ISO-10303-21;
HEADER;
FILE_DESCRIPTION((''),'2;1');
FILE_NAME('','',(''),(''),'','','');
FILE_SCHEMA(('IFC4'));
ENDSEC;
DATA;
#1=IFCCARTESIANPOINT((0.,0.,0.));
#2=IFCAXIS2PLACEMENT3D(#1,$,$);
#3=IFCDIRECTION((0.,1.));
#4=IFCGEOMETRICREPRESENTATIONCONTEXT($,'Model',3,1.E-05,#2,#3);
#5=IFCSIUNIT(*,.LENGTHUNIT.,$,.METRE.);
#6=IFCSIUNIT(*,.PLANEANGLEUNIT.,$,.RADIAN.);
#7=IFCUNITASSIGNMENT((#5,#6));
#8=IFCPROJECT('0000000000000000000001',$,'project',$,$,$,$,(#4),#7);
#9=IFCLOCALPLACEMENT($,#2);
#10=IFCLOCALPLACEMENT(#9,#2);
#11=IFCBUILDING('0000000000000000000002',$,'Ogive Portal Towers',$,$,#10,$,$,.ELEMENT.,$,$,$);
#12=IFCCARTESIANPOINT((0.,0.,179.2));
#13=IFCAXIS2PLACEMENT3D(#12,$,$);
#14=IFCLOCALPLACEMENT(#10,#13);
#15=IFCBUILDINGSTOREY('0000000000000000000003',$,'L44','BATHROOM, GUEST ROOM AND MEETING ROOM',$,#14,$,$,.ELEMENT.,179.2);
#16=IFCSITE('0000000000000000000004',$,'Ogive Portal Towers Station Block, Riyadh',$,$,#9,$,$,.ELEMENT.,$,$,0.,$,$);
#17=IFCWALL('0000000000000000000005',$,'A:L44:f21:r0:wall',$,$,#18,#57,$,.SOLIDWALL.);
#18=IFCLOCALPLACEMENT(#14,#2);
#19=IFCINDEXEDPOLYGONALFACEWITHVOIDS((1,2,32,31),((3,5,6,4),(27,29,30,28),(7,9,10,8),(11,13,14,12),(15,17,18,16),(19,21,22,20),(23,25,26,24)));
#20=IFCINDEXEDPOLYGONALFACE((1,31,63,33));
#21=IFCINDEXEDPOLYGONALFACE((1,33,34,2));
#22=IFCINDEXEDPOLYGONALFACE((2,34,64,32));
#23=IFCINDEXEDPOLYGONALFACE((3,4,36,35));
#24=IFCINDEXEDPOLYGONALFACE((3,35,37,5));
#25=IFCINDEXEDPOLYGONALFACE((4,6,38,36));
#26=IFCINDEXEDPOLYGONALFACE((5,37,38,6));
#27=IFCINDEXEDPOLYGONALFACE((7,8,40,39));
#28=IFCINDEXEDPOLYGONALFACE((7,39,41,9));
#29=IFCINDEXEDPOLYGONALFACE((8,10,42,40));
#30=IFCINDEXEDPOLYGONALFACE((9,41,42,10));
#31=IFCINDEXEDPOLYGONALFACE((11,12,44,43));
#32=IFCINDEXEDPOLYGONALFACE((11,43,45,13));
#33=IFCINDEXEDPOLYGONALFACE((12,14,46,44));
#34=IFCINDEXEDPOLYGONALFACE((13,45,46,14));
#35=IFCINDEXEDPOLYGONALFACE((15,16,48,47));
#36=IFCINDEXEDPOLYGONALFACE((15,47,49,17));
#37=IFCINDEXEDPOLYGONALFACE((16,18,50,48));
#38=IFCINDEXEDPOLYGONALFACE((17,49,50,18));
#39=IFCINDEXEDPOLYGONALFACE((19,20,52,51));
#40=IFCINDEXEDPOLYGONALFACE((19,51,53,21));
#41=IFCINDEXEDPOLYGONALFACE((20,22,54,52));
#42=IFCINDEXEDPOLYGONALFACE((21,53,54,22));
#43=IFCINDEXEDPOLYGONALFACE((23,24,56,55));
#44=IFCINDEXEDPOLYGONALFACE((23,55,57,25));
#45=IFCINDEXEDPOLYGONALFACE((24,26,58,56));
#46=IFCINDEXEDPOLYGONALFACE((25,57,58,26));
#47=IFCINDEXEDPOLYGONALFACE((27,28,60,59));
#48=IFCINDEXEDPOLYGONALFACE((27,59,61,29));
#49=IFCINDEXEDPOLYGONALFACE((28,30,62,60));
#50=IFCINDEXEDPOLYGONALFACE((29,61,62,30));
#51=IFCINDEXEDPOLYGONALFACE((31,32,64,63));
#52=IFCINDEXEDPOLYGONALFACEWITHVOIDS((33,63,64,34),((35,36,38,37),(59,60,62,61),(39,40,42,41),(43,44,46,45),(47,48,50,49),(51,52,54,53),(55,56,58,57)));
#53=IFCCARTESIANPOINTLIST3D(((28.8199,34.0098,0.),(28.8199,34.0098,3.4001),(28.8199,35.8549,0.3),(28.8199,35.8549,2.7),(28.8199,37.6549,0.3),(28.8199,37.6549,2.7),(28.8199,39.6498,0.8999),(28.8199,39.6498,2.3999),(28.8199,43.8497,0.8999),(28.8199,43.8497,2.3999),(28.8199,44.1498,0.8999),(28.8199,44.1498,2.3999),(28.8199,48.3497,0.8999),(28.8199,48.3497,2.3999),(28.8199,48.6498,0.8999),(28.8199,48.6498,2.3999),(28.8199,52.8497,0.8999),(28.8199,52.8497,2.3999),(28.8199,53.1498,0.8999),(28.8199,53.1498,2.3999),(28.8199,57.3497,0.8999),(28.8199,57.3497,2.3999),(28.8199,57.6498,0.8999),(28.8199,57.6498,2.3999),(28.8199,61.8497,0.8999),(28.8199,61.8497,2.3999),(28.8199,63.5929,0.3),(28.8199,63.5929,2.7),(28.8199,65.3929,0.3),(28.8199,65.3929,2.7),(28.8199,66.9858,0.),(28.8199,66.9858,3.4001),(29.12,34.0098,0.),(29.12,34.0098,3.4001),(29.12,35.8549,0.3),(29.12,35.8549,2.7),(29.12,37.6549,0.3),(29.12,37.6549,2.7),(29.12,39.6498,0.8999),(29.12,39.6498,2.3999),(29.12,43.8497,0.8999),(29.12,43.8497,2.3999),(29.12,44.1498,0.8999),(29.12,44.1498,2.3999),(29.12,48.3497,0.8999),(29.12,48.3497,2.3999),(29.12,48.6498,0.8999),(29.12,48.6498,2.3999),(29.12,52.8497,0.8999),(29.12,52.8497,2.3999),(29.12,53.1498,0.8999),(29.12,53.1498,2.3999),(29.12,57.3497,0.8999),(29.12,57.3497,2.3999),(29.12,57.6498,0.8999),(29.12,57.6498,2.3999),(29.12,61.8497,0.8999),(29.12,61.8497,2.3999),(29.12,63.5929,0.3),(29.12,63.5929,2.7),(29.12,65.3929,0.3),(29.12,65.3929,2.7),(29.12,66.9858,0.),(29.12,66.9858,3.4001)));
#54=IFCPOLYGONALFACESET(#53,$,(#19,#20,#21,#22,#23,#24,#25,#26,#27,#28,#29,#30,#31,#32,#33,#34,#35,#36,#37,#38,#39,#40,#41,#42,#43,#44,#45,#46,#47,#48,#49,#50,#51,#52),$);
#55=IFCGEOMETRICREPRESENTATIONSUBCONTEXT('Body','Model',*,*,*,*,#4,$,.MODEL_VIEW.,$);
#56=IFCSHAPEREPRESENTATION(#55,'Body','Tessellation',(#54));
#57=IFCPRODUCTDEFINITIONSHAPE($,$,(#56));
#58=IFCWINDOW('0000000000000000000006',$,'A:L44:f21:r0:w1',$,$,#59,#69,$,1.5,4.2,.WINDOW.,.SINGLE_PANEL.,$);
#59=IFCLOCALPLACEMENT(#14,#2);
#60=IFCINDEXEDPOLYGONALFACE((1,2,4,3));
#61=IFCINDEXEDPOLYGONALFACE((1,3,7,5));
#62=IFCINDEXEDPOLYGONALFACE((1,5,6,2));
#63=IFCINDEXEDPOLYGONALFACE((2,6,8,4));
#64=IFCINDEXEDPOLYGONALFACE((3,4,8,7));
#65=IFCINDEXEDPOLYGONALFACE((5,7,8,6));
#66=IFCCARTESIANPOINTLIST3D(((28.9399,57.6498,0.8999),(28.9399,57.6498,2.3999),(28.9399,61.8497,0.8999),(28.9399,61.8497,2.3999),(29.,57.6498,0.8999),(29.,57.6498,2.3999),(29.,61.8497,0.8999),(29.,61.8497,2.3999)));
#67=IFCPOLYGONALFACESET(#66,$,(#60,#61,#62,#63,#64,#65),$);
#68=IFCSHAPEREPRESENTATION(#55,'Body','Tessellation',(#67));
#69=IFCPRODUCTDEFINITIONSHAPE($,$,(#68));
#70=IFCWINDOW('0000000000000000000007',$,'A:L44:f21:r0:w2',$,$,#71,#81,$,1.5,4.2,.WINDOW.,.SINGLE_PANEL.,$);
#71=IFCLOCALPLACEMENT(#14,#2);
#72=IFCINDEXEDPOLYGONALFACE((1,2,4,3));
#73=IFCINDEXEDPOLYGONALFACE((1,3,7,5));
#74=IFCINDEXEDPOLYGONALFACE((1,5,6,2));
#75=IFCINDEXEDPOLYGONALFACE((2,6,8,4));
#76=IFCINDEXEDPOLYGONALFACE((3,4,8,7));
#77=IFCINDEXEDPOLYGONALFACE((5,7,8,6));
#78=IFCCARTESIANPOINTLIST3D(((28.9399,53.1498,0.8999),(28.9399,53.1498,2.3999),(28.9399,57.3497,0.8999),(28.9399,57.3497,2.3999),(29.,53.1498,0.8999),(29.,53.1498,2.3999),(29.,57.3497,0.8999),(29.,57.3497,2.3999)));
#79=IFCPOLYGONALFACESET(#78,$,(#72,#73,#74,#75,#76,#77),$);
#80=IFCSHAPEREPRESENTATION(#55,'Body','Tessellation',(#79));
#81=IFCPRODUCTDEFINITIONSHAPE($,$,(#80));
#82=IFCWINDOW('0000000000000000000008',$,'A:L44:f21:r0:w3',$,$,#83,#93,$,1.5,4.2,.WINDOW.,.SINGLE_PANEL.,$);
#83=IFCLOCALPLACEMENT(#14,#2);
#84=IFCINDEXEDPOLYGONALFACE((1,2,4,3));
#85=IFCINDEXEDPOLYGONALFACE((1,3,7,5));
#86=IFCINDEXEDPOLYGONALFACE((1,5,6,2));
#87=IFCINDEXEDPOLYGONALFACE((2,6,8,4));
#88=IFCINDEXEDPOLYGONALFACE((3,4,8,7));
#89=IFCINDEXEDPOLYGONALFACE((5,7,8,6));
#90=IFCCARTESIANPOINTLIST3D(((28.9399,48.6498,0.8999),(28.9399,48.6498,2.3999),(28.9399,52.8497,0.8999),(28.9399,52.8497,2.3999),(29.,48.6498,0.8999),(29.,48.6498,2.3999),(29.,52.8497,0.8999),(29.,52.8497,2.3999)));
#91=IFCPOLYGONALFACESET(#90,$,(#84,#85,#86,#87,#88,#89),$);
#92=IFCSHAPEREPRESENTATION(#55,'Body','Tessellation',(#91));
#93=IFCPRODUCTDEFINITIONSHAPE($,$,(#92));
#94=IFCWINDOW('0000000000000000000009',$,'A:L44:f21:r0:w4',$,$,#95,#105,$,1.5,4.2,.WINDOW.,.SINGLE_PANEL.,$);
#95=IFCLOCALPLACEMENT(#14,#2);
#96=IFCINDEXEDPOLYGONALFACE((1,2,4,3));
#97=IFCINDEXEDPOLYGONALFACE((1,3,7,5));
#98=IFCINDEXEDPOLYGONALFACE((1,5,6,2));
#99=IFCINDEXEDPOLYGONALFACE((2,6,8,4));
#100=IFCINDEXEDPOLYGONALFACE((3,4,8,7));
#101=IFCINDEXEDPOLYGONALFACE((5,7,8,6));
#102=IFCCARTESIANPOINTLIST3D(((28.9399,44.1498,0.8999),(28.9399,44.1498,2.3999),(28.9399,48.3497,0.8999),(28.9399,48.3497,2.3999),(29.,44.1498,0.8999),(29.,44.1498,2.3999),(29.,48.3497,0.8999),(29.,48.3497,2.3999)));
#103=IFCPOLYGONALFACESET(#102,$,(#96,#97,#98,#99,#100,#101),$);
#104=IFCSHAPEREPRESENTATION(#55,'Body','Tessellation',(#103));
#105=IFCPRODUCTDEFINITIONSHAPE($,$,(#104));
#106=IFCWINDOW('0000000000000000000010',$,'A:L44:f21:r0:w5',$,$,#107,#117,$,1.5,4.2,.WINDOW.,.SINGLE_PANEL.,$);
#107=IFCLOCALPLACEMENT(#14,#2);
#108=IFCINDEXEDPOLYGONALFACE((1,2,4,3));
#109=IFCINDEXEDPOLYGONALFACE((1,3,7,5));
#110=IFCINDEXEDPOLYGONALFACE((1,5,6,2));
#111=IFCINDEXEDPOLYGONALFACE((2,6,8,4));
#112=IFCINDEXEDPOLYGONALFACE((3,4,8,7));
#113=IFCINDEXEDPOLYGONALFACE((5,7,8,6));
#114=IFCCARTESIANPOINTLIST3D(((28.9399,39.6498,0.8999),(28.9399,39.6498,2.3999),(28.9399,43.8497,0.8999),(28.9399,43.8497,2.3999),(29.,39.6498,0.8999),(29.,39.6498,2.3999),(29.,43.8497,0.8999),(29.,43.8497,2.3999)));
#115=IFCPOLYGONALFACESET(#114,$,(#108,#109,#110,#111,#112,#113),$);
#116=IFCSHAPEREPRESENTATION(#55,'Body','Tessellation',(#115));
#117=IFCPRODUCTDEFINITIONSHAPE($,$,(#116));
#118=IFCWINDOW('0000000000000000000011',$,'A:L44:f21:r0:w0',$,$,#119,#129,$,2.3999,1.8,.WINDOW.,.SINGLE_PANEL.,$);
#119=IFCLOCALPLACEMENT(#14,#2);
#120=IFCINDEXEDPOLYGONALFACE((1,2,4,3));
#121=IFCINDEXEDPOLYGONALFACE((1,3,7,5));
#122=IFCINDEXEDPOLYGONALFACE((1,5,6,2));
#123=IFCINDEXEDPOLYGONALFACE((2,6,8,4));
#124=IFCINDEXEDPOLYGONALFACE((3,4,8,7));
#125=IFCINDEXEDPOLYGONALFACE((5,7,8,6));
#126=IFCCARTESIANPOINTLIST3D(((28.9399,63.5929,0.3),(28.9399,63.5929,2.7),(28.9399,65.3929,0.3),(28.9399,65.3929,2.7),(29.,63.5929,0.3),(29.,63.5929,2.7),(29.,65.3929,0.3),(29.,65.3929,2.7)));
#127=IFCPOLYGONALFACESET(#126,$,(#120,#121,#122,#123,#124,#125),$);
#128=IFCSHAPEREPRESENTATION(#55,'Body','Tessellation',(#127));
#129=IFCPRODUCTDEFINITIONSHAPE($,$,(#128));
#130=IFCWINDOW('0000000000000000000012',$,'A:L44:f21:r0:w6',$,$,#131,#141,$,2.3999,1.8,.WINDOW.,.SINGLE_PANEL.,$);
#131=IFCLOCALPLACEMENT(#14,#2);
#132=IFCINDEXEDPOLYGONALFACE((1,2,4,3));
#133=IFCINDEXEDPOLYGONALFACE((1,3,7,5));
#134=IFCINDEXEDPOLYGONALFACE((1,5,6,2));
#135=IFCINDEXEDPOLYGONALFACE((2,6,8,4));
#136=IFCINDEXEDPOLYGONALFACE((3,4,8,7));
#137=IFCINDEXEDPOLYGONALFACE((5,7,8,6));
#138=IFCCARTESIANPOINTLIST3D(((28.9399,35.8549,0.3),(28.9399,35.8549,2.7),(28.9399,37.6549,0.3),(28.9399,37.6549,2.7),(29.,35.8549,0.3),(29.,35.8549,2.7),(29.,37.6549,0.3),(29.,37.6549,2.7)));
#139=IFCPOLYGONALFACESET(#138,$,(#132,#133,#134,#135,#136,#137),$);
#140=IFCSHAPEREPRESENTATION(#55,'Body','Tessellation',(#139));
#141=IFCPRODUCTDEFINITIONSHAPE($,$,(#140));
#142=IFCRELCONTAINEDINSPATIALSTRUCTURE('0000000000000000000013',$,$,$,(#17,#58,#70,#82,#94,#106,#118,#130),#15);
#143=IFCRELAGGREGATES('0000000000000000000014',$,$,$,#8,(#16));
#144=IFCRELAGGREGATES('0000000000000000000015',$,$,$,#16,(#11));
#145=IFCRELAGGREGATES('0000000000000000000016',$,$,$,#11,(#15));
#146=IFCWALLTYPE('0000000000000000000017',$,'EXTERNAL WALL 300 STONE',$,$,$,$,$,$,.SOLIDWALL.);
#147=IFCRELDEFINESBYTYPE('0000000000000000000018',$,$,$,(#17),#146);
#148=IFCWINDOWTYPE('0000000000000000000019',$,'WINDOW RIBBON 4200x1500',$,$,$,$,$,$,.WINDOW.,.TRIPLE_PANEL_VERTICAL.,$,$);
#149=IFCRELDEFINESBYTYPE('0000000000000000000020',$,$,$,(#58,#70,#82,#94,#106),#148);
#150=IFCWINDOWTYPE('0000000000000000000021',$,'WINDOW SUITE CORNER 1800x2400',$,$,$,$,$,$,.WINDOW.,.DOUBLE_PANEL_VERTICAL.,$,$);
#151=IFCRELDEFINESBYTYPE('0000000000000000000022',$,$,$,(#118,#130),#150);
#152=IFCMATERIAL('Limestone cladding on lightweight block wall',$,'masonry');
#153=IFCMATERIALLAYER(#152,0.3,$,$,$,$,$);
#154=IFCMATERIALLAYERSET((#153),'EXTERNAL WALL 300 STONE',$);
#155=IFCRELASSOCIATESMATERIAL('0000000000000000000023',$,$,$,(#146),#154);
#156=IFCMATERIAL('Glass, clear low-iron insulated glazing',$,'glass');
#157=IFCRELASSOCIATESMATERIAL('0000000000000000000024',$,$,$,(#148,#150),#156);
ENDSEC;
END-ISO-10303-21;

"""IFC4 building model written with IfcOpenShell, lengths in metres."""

from ifc_helpers import new_model, si_unit, direction, frame, frame_2d, origin, place, context, subcontext, project, spatial, rectangle, extrude, material, layer, layer_set, type_object, element, fill, save


model = new_model("IFC4")

# Units and contexts
model_context = context("Model", 3, precision=1e-05, world=origin(), true_north=direction((0.0, 1.0)))
body_context = subcontext(model_context, "Body", "Model", "MODEL_VIEW")
ifc_project = project(units=[si_unit("LENGTHUNIT", "METRE"), si_unit("PLANEANGLEUNIT", "RADIAN")], contexts=[model_context])

# Site, building, storey
site_placement = place(None, origin())
site = spatial("IfcSite", under=ifc_project, at=site_placement, Name="Ogive Portal Towers Station Block, Riyadh", CompositionType="ELEMENT", RefElevation=0.0)
building_placement = place(site_placement, origin())
building = spatial("IfcBuilding", under=site, at=building_placement, Name="Ogive Portal Towers", CompositionType="ELEMENT")
storey_placement = place(building_placement, frame((0.0, 0.0, 179.2)))
storey = spatial("IfcBuildingStorey", under=building, at=storey_placement, Name="L44", Description="BATHROOM, GUEST ROOM AND MEETING ROOM", CompositionType="ELEMENT", Elevation=179.2)

# Shared definitions
ifc_material_1 = material(Name="Glass, clear low-iron insulated glazing", Category="glass")

# Wall, openings, windows
ifc_material_2 = material(Name="Limestone cladding on lightweight block wall", Category="masonry")
ifc_layer_1 = layer(ifc_material_2, 0.3)
ifc_layer_set_1 = layer_set([ifc_layer_1], Name="EXTERNAL WALL 300 STONE")
wall_type_1 = type_object("IfcWallType", Name="EXTERNAL WALL 300 STONE", PredefinedType="SOLIDWALL", material=ifc_layer_set_1)
wall_1_placement = place(storey_placement, frame((28.97, 66.9858, 0.0), z_axis=(0.0, 0.0, 1.0), x_axis=(0.0, -1.0, 0.0)))
wall_1 = element("IfcWall", 1, at=wall_1_placement, inside=storey, type_object=wall_type_1, Name="A:L44:f21:r0:wall", PredefinedType="SOLIDWALL", context=body_context, shape_type="SweptSolid", body=[
    extrude(rectangle(XDim=32.9761, YDim=0.3, at=frame_2d((16.488, 0.0))), origin(), (0.0, 0.0, 1.0), 3.4001),
])
opening_1_placement = place(wall_1_placement, frame((1.593, 0.0, 0.3)))
opening_1 = element("IfcOpeningElement", 2, at=opening_1_placement, cuts=wall_1, PredefinedType="OPENING", context=body_context, shape_type="SweptSolid", body=[
    extrude(rectangle(XDim=1.8, YDim=2.3999, at=frame_2d((0.8999, 1.2))), frame((0.0, 0.1602, 0.0), z_axis=(0.0, -1.0, 0.0), x_axis=(1.0, 0.0, 0.0)), (0.0, 0.0, 1.0), 0.3201),
])
opening_2_placement = place(wall_1_placement, frame((5.136, 0.0, 0.8999)))
opening_2 = element("IfcOpeningElement", 3, at=opening_2_placement, cuts=wall_1, PredefinedType="OPENING", context=body_context, shape_type="SweptSolid", body=[
    extrude(rectangle(XDim=4.2, YDim=1.5, at=frame_2d((2.1001, 0.75))), frame((0.0, 0.1602, 0.0), z_axis=(0.0, -1.0, 0.0), x_axis=(1.0, 0.0, 0.0)), (0.0, 0.0, 1.0), 0.3201),
])
opening_3_placement = place(wall_1_placement, frame((9.636, 0.0, 0.8999)))
opening_3 = element("IfcOpeningElement", 4, at=opening_3_placement, cuts=wall_1, PredefinedType="OPENING", context=body_context, shape_type="SweptSolid", body=[
    extrude(rectangle(XDim=4.2, YDim=1.5, at=frame_2d((2.1001, 0.75))), frame((0.0, 0.1602, 0.0), z_axis=(0.0, -1.0, 0.0), x_axis=(1.0, 0.0, 0.0)), (0.0, 0.0, 1.0), 0.3201),
])
opening_4_placement = place(wall_1_placement, frame((14.136, 0.0, 0.8999)))
opening_4 = element("IfcOpeningElement", 5, at=opening_4_placement, cuts=wall_1, PredefinedType="OPENING", context=body_context, shape_type="SweptSolid", body=[
    extrude(rectangle(XDim=4.2, YDim=1.5, at=frame_2d((2.1001, 0.75))), frame((0.0, 0.1602, 0.0), z_axis=(0.0, -1.0, 0.0), x_axis=(1.0, 0.0, 0.0)), (0.0, 0.0, 1.0), 0.3201),
])
opening_5_placement = place(wall_1_placement, frame((18.636, 0.0, 0.8999)))
opening_5 = element("IfcOpeningElement", 6, at=opening_5_placement, cuts=wall_1, PredefinedType="OPENING", context=body_context, shape_type="SweptSolid", body=[
    extrude(rectangle(XDim=4.2, YDim=1.5, at=frame_2d((2.1001, 0.75))), frame((0.0, 0.1602, 0.0), z_axis=(0.0, -1.0, 0.0), x_axis=(1.0, 0.0, 0.0)), (0.0, 0.0, 1.0), 0.3201),
])
opening_6_placement = place(wall_1_placement, frame((23.136, 0.0, 0.8999)))
opening_6 = element("IfcOpeningElement", 7, at=opening_6_placement, cuts=wall_1, PredefinedType="OPENING", context=body_context, shape_type="SweptSolid", body=[
    extrude(rectangle(XDim=4.2, YDim=1.5, at=frame_2d((2.1001, 0.75))), frame((0.0, 0.1602, 0.0), z_axis=(0.0, -1.0, 0.0), x_axis=(1.0, 0.0, 0.0)), (0.0, 0.0, 1.0), 0.3201),
])
opening_7_placement = place(wall_1_placement, frame((29.3311, 0.0, 0.3)))
opening_7 = element("IfcOpeningElement", 8, at=opening_7_placement, cuts=wall_1, PredefinedType="OPENING", context=body_context, shape_type="SweptSolid", body=[
    extrude(rectangle(XDim=1.8, YDim=2.3999, at=frame_2d((0.8999, 1.2))), frame((0.0, 0.1602, 0.0), z_axis=(0.0, -1.0, 0.0), x_axis=(1.0, 0.0, 0.0)), (0.0, 0.0, 1.0), 0.3201),
])
window_type_1 = type_object("IfcWindowType", Name="WINDOW RIBBON 4200x1500", PartitioningType="TRIPLE_PANEL_VERTICAL", PredefinedType="WINDOW", material=ifc_material_1)
window_1_placement = place(opening_2_placement, origin())
window_1 = element("IfcWindow", 9, at=window_1_placement, inside=storey, type_object=window_type_1, Name="A:L44:f21:r0:w1", OverallHeight=1.5, OverallWidth=4.2, PartitioningType="SINGLE_PANEL", PredefinedType="WINDOW", context=body_context, shape_type="SweptSolid", body=[
    extrude(rectangle(XDim=4.2, YDim=1.5, at=frame_2d((2.1001, 0.75))), frame((0.0, 0.03, 0.0), z_axis=(0.0, -1.0, 0.0), x_axis=(1.0, 0.0, 0.0)), (0.0, 0.0, 1.0), 0.0601),
])
fill(opening_2, window_1)
window_2_placement = place(opening_3_placement, origin())
window_2 = element("IfcWindow", 10, at=window_2_placement, inside=storey, type_object=window_type_1, Name="A:L44:f21:r0:w2", OverallHeight=1.5, OverallWidth=4.2, PartitioningType="SINGLE_PANEL", PredefinedType="WINDOW", context=body_context, shape_type="SweptSolid", body=[
    extrude(rectangle(XDim=4.2, YDim=1.5, at=frame_2d((2.1001, 0.75))), frame((0.0, 0.03, 0.0), z_axis=(0.0, -1.0, 0.0), x_axis=(1.0, 0.0, 0.0)), (0.0, 0.0, 1.0), 0.0601),
])
fill(opening_3, window_2)
window_3_placement = place(opening_4_placement, origin())
window_3 = element("IfcWindow", 11, at=window_3_placement, inside=storey, type_object=window_type_1, Name="A:L44:f21:r0:w3", OverallHeight=1.5, OverallWidth=4.2, PartitioningType="SINGLE_PANEL", PredefinedType="WINDOW", context=body_context, shape_type="SweptSolid", body=[
    extrude(rectangle(XDim=4.2, YDim=1.5, at=frame_2d((2.1001, 0.75))), frame((0.0, 0.03, 0.0), z_axis=(0.0, -1.0, 0.0), x_axis=(1.0, 0.0, 0.0)), (0.0, 0.0, 1.0), 0.0601),
])
fill(opening_4, window_3)
window_4_placement = place(opening_5_placement, origin())
window_4 = element("IfcWindow", 12, at=window_4_placement, inside=storey, type_object=window_type_1, Name="A:L44:f21:r0:w4", OverallHeight=1.5, OverallWidth=4.2, PartitioningType="SINGLE_PANEL", PredefinedType="WINDOW", context=body_context, shape_type="SweptSolid", body=[
    extrude(rectangle(XDim=4.2, YDim=1.5, at=frame_2d((2.1001, 0.75))), frame((0.0, 0.03, 0.0), z_axis=(0.0, -1.0, 0.0), x_axis=(1.0, 0.0, 0.0)), (0.0, 0.0, 1.0), 0.0601),
])
fill(opening_5, window_4)
window_5_placement = place(opening_6_placement, origin())
window_5 = element("IfcWindow", 13, at=window_5_placement, inside=storey, type_object=window_type_1, Name="A:L44:f21:r0:w5", OverallHeight=1.5, OverallWidth=4.2, PartitioningType="SINGLE_PANEL", PredefinedType="WINDOW", context=body_context, shape_type="SweptSolid", body=[
    extrude(rectangle(XDim=4.2, YDim=1.5, at=frame_2d((2.1001, 0.75))), frame((0.0, 0.03, 0.0), z_axis=(0.0, -1.0, 0.0), x_axis=(1.0, 0.0, 0.0)), (0.0, 0.0, 1.0), 0.0601),
])
fill(opening_6, window_5)
window_type_2 = type_object("IfcWindowType", Name="WINDOW SUITE CORNER 1800x2400", PartitioningType="DOUBLE_PANEL_VERTICAL", PredefinedType="WINDOW", material=ifc_material_1)
window_6_placement = place(opening_1_placement, origin())
window_6 = element("IfcWindow", 14, at=window_6_placement, inside=storey, type_object=window_type_2, Name="A:L44:f21:r0:w0", OverallHeight=2.3999, OverallWidth=1.8, PartitioningType="SINGLE_PANEL", PredefinedType="WINDOW", context=body_context, shape_type="SweptSolid", body=[
    extrude(rectangle(XDim=1.8, YDim=2.3999, at=frame_2d((0.8999, 1.2))), frame((0.0, 0.03, 0.0), z_axis=(0.0, -1.0, 0.0), x_axis=(1.0, 0.0, 0.0)), (0.0, 0.0, 1.0), 0.0601),
])
fill(opening_1, window_6)
window_7_placement = place(opening_7_placement, origin())
window_7 = element("IfcWindow", 15, at=window_7_placement, inside=storey, type_object=window_type_2, Name="A:L44:f21:r0:w6", OverallHeight=2.3999, OverallWidth=1.8, PartitioningType="SINGLE_PANEL", PredefinedType="WINDOW", context=body_context, shape_type="SweptSolid", body=[
    extrude(rectangle(XDim=1.8, YDim=2.3999, at=frame_2d((0.8999, 1.2))), frame((0.0, 0.03, 0.0), z_axis=(0.0, -1.0, 0.0), x_axis=(1.0, 0.0, 0.0)), (0.0, 0.0, 1.0), 0.0601),
])
fill(opening_7, window_7)

save(model, "model.ifc")
